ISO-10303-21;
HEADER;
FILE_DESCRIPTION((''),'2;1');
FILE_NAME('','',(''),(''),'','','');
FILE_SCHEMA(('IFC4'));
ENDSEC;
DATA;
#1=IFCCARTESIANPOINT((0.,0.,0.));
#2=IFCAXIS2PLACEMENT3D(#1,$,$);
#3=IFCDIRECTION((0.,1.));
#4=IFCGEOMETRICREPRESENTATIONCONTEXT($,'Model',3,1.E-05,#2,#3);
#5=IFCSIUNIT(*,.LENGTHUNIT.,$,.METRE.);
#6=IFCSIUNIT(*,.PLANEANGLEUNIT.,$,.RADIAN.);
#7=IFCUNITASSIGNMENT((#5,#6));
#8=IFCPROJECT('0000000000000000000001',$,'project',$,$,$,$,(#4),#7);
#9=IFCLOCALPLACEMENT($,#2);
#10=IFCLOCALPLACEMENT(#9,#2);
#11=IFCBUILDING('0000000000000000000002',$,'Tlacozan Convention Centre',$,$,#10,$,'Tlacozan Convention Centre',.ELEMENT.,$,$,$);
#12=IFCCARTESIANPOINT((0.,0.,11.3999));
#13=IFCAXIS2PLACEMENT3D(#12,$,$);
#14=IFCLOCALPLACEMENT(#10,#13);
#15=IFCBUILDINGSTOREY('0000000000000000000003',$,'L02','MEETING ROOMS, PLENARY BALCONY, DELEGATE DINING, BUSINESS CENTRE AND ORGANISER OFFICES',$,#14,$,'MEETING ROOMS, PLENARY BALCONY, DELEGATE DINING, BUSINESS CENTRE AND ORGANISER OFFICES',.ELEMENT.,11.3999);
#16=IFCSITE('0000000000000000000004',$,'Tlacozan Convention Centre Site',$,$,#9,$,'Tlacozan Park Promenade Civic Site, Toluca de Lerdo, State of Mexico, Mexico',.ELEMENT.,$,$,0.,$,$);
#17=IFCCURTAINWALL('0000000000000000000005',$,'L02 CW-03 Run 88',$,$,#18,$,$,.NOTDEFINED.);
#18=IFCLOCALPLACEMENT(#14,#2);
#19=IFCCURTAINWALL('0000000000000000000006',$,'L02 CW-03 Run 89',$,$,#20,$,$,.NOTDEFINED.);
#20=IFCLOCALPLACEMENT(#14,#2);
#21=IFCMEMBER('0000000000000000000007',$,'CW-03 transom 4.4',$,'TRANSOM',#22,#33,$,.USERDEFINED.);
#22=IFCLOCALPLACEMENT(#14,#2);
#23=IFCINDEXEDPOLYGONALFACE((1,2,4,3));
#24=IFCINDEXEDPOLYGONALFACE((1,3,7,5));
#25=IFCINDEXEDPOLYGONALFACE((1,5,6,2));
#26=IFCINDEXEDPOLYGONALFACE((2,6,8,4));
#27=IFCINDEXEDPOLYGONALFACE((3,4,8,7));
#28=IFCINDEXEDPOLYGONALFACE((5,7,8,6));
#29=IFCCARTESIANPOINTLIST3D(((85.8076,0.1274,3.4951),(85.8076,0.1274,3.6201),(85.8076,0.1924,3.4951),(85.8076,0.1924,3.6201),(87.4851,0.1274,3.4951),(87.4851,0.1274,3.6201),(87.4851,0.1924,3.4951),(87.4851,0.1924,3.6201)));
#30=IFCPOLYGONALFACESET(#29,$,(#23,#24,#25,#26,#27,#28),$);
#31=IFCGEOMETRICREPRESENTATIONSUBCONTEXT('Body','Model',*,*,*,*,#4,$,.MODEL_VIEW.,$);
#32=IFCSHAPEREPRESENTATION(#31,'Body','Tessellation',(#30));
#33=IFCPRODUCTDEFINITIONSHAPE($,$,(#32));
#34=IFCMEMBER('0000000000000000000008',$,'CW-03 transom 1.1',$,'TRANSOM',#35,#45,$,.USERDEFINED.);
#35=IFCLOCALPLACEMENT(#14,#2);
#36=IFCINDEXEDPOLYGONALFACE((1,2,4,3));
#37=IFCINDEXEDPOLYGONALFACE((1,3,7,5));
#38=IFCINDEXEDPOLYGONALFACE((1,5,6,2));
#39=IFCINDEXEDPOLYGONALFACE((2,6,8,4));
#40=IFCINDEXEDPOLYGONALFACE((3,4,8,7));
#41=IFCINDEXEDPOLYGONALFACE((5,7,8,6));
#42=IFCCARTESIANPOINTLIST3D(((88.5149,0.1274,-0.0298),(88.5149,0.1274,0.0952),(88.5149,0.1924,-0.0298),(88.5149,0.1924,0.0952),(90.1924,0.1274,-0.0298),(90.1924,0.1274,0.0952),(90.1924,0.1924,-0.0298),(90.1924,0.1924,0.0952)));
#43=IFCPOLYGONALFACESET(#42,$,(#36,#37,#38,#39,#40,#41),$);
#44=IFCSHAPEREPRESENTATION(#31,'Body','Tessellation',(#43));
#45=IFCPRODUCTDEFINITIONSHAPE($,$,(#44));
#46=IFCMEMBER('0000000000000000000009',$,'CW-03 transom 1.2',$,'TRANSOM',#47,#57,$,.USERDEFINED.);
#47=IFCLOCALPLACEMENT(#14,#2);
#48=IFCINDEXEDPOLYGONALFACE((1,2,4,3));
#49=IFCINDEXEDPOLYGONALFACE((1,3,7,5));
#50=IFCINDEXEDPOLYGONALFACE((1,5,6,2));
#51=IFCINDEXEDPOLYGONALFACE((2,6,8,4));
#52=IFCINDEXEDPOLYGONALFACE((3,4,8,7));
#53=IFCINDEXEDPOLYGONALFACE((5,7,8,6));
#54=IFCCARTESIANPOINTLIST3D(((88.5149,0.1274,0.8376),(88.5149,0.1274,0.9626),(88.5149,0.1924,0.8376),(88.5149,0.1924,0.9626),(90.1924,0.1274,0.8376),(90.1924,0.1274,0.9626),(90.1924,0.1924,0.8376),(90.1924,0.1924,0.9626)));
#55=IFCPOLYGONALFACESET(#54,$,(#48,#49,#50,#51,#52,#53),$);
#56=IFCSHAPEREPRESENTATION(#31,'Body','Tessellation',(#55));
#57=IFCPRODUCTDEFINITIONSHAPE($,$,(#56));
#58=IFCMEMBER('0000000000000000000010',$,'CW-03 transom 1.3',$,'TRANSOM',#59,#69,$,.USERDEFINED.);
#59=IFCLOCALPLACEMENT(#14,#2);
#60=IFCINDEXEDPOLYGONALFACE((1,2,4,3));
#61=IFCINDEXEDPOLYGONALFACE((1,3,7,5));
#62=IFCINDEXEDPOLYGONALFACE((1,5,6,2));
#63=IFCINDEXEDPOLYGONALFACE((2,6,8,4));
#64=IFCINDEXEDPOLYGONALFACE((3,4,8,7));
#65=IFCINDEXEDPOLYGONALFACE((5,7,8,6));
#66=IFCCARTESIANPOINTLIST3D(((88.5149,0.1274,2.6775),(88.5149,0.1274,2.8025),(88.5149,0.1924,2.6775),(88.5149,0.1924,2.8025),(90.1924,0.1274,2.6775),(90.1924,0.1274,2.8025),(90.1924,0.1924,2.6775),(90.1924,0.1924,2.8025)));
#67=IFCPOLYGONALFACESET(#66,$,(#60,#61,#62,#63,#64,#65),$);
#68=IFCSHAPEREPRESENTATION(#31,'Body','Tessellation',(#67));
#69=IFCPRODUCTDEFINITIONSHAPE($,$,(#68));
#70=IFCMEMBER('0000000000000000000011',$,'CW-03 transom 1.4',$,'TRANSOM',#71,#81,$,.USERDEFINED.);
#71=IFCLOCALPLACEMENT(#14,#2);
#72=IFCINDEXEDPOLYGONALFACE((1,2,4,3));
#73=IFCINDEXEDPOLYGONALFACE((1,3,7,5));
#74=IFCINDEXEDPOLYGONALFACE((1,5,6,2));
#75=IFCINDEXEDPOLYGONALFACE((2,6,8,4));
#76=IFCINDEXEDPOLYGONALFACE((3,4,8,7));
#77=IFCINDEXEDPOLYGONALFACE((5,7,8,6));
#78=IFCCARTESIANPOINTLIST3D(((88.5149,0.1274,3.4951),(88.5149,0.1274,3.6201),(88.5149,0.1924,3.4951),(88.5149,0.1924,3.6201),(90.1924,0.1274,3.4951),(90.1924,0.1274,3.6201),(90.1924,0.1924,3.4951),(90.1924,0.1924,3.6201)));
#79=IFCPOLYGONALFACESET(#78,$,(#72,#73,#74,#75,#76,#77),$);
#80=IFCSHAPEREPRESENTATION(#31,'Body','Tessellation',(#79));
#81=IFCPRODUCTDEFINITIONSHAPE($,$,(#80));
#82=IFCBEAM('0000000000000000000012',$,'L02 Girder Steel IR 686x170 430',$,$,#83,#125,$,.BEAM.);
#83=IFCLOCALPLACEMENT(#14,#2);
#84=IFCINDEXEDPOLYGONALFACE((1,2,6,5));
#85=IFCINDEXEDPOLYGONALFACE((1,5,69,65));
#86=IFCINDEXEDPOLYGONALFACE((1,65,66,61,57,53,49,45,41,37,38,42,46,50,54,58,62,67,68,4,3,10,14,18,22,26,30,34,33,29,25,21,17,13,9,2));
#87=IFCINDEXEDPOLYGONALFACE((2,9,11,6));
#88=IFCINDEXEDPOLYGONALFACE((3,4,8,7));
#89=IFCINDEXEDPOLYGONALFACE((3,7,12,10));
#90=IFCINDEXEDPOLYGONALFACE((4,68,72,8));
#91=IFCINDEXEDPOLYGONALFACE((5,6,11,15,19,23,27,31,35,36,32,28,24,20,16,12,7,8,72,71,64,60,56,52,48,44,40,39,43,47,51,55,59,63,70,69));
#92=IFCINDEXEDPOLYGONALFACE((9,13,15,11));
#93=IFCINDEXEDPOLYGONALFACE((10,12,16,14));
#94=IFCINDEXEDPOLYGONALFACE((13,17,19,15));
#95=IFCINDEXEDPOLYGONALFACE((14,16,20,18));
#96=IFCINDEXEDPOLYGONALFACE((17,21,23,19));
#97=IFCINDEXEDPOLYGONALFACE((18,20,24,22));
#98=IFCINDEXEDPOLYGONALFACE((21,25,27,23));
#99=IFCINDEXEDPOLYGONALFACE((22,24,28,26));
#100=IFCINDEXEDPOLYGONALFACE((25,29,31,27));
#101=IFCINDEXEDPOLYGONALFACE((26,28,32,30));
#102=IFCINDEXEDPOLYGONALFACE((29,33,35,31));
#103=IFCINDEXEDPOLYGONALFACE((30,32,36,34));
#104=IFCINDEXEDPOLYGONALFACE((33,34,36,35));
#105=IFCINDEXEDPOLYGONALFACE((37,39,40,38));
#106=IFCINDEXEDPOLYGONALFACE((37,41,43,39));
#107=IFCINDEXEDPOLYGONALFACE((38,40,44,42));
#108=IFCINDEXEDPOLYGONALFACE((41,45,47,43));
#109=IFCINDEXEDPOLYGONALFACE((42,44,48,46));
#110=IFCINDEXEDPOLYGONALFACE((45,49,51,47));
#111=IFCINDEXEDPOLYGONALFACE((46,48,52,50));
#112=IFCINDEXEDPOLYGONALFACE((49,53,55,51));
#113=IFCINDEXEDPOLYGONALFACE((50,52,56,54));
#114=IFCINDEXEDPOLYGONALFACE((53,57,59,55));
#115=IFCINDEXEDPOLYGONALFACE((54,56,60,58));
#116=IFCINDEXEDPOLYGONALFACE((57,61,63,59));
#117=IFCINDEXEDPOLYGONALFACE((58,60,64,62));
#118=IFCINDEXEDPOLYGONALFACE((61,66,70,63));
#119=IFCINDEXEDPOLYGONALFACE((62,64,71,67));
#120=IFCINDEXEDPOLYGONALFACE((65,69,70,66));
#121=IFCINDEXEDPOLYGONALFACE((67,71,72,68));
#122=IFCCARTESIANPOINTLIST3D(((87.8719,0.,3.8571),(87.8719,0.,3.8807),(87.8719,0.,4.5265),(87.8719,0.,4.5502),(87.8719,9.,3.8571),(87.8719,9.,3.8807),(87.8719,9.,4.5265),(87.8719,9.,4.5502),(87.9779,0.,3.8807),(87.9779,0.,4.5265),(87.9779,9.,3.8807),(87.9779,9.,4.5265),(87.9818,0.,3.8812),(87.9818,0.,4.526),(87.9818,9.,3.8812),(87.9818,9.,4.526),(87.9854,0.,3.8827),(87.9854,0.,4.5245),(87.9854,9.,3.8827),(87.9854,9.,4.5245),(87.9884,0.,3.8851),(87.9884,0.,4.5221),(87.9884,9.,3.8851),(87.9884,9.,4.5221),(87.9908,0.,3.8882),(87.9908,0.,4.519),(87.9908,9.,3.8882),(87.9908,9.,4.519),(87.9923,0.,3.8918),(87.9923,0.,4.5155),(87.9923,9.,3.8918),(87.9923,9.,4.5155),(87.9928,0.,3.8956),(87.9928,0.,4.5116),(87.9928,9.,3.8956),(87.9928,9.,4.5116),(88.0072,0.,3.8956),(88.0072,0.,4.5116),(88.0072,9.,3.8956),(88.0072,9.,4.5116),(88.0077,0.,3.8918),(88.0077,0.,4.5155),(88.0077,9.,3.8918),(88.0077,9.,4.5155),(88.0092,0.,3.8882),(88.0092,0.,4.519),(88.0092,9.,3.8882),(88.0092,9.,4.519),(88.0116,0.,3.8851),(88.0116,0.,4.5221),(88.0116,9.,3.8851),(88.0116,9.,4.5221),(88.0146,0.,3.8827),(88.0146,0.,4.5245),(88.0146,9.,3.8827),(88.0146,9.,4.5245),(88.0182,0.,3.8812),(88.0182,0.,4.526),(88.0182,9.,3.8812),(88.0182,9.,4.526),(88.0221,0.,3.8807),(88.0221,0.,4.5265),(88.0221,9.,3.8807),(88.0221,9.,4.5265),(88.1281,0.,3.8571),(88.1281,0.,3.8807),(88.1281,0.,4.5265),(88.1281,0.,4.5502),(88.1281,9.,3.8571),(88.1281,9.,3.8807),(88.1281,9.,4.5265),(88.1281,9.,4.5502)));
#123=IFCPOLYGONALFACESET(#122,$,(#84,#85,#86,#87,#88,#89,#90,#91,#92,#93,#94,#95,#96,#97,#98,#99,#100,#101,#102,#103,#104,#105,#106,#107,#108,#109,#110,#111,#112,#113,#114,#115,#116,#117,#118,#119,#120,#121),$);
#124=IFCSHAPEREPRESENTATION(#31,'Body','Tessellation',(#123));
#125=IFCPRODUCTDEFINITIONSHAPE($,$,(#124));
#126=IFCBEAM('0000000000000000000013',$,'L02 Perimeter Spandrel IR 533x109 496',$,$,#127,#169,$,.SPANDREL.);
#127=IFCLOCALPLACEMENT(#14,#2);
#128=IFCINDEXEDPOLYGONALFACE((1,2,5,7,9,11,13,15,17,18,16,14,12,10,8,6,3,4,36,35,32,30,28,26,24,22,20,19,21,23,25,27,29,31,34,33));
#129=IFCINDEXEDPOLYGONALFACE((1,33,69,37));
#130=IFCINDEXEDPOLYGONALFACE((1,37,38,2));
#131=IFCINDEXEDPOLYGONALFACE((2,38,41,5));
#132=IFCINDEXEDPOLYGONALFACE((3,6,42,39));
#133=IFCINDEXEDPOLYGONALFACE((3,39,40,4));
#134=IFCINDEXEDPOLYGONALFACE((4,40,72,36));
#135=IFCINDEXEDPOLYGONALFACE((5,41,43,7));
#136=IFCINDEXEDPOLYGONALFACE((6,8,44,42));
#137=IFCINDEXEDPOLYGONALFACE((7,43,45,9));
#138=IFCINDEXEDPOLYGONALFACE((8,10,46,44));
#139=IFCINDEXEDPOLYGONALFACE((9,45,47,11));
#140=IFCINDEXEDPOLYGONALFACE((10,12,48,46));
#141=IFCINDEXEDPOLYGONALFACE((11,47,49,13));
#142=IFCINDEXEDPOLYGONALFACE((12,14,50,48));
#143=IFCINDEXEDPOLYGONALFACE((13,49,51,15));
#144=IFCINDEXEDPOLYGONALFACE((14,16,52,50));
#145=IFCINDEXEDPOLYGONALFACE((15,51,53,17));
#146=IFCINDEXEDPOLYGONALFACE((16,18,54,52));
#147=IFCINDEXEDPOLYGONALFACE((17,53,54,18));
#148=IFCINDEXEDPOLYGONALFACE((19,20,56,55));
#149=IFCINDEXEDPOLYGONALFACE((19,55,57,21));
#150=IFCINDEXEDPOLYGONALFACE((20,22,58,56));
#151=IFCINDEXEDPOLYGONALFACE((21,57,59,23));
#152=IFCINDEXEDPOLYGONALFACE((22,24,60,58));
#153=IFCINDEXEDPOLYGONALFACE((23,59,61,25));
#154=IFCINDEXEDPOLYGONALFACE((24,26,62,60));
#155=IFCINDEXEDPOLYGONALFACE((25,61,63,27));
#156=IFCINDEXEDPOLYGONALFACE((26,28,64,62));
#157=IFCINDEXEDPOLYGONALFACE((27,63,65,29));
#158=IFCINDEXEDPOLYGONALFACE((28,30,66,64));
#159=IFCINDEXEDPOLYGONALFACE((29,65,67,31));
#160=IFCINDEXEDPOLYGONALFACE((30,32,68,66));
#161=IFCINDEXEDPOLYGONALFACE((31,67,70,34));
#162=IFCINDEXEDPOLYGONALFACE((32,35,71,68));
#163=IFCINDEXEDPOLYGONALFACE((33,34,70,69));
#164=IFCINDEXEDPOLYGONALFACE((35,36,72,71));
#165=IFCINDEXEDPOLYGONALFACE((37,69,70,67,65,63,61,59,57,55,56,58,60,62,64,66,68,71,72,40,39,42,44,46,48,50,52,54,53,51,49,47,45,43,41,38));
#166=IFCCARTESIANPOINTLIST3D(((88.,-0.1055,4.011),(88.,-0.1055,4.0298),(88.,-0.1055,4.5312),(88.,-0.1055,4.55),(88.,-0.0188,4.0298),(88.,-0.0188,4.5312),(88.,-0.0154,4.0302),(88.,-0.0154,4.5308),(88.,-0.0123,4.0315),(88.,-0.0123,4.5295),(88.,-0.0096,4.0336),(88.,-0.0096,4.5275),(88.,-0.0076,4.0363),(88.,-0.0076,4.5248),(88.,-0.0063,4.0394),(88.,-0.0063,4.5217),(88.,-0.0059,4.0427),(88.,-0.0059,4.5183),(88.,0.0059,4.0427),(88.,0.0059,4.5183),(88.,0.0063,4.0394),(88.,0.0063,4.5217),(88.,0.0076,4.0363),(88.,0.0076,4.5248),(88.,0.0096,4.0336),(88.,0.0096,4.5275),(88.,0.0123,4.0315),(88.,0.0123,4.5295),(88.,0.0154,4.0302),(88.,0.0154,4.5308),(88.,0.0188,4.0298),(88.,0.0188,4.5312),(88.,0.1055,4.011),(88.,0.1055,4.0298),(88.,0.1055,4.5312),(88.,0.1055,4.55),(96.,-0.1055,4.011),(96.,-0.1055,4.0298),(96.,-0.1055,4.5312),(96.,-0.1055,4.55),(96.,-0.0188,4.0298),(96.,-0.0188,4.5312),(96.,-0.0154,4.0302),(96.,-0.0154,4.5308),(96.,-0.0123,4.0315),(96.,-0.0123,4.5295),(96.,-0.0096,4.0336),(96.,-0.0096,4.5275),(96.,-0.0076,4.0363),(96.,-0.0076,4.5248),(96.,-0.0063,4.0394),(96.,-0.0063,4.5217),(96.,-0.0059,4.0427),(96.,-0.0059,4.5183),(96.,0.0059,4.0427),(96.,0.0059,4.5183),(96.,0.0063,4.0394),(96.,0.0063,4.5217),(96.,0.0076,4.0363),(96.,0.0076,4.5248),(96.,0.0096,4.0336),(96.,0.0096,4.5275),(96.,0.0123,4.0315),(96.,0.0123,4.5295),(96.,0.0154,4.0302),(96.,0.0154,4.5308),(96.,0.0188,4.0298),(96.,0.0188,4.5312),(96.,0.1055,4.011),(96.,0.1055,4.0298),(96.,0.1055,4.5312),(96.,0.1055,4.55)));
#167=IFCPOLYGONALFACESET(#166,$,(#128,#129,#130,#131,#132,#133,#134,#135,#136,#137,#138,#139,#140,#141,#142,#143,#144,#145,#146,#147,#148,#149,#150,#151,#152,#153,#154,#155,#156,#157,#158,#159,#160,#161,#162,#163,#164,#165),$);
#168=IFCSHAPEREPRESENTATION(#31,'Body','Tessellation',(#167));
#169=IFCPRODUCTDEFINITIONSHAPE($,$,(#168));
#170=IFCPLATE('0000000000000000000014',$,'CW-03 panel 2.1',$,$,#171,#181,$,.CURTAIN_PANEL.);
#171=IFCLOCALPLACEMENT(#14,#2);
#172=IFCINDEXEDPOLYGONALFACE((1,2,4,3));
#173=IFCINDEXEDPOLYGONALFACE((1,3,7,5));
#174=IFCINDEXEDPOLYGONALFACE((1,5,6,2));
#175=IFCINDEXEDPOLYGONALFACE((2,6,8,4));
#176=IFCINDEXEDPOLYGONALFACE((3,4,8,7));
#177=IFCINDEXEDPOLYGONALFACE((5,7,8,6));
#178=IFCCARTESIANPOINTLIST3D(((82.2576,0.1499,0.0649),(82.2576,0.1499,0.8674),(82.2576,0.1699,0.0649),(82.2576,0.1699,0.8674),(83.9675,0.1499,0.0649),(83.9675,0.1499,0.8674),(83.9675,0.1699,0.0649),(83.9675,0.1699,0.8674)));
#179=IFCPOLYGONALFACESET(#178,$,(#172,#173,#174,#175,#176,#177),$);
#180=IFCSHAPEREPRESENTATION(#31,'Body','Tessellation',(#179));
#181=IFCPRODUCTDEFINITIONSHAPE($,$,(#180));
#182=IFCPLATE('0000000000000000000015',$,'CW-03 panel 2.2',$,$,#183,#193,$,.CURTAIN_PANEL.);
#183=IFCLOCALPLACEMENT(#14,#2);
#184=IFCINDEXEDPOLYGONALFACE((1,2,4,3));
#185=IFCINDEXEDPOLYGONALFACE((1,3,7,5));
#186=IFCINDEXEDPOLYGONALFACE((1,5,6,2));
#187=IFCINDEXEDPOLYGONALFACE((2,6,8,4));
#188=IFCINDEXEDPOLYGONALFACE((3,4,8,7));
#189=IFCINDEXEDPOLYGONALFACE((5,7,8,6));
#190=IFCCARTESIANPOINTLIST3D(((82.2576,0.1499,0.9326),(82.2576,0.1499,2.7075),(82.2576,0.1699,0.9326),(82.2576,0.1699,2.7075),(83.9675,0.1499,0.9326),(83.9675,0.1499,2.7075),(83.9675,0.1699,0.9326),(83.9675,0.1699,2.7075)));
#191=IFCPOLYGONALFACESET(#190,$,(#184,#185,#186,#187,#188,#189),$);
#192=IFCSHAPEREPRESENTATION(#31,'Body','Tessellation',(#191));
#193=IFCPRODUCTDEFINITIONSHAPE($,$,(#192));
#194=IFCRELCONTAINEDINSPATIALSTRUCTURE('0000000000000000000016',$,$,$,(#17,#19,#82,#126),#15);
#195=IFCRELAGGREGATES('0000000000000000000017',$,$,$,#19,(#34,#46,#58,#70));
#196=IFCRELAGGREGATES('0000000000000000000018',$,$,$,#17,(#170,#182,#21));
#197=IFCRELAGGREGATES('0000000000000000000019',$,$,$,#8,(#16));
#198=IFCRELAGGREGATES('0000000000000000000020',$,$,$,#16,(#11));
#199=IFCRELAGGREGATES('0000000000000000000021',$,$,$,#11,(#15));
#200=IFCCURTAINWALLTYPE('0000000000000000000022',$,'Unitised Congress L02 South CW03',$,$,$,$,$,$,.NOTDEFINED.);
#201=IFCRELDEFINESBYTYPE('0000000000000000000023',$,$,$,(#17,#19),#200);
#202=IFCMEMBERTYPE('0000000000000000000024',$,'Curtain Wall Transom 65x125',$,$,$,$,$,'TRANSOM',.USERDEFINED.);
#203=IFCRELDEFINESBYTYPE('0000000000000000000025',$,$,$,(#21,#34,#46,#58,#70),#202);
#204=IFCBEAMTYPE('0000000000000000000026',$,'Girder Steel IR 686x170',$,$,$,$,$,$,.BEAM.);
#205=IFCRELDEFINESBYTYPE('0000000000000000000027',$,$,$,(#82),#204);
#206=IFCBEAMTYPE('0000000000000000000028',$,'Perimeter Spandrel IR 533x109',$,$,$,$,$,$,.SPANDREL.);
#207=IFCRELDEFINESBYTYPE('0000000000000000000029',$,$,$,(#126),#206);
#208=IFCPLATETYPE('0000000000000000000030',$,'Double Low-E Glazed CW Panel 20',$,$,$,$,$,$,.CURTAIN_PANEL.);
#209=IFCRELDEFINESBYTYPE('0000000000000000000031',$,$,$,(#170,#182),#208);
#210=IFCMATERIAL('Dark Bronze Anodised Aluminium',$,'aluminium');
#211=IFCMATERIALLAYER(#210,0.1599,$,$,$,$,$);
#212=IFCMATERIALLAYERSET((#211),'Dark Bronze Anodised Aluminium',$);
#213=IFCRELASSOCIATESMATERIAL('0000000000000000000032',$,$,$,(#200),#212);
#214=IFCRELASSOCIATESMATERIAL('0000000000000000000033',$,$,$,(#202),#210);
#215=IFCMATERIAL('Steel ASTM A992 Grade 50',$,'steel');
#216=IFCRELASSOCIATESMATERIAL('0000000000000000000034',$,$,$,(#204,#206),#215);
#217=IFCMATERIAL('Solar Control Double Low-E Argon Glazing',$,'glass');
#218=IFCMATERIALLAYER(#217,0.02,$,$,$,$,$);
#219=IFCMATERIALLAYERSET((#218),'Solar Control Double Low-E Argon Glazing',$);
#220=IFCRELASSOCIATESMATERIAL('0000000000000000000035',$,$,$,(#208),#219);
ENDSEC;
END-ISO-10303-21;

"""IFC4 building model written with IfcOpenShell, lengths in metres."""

from ifc_helpers import new_model, si_unit, direction, frame, origin, origin_2d, place, context, subcontext, project, spatial, rectangle, i_section, extrude, material, layer, layer_set, material_profile, profile_set, type_object, element, aggregate, save


model = new_model("IFC4")

# Units and contexts
model_context = context("Model", 3, precision=1e-05, world=origin(), true_north=direction((0.0, 1.0)))
body_context = subcontext(model_context, "Body", "Model", "MODEL_VIEW")
ifc_project = project(units=[si_unit("LENGTHUNIT", "METRE"), si_unit("PLANEANGLEUNIT", "RADIAN")], contexts=[model_context])

# Site, building, storey
site_placement = place(None, origin())
site = spatial("IfcSite", under=ifc_project, at=site_placement, Name="Tlacozan Convention Centre Site", LongName="Tlacozan Park Promenade Civic Site, Toluca de Lerdo, State of Mexico, Mexico", CompositionType="ELEMENT", RefElevation=0.0)
building_placement = place(site_placement, origin())
building = spatial("IfcBuilding", under=site, at=building_placement, Name="Tlacozan Convention Centre", LongName="Tlacozan Convention Centre", CompositionType="ELEMENT")
storey_placement = place(building_placement, frame((0.0, 0.0, 11.3999)))
storey = spatial("IfcBuildingStorey", under=building, at=storey_placement, Name="L02", Description="MEETING ROOMS, PLENARY BALCONY, DELEGATE DINING, BUSINESS CENTRE AND ORGANISER OFFICES", LongName="MEETING ROOMS, PLENARY BALCONY, DELEGATE DINING, BUSINESS CENTRE AND ORGANISER OFFICES", CompositionType="ELEMENT", Elevation=11.3999)

# Curtain wall
ifc_material_1 = material(Name="Dark Bronze Anodised Aluminium", Category="aluminium")
ifc_layer_1 = layer(ifc_material_1, 0.1599)
ifc_layer_set_1 = layer_set([ifc_layer_1], Name="Dark Bronze Anodised Aluminium")
curtain_wall_type = type_object("IfcCurtainWallType", Name="Unitised Congress L02 South CW03", PredefinedType="NOTDEFINED", material=ifc_layer_set_1)
curtain_wall_1_placement = place(storey_placement, origin())
curtain_wall_1 = element("IfcCurtainWall", 1, at=curtain_wall_1_placement, inside=storey, type_object=curtain_wall_type, Name="L02 CW-03 Run 88", PredefinedType="NOTDEFINED")

# Curtain wall
curtain_wall_2_placement = place(storey_placement, origin())
curtain_wall_2 = element("IfcCurtainWall", 2, at=curtain_wall_2_placement, inside=storey, type_object=curtain_wall_type, Name="L02 CW-03 Run 89", PredefinedType="NOTDEFINED")

# Members
ifc_material_profile_1 = material_profile(ifc_material_1, rectangle(XDim=0.0649, YDim=0.125, at=origin_2d()), Name="ALU 65x125")
ifc_profile_set_1 = profile_set([ifc_material_profile_1], Name="Dark Bronze Anodised Aluminium")
member_type_1 = type_object("IfcMemberType", Name="Curtain Wall Transom 65x125", ElementType="TRANSOM", PredefinedType="USERDEFINED", material=ifc_profile_set_1)
member_1_placement = place(storey_placement, frame((85.8076, 0.1599, 3.5576), z_axis=(1.0, 0.0, 0.0), x_axis=(0.0, 1.0, 0.0)))
member_1 = element("IfcMember", 3, at=member_1_placement, type_object=member_type_1, Name="CW-03 transom 4.4", ObjectType="TRANSOM", PredefinedType="USERDEFINED", context=body_context, shape_type="SweptSolid", body=[
    extrude(rectangle(XDim=0.0649, YDim=0.125, at=origin_2d()), origin(), (0.0, 0.0, 1.0), 1.6775),
])
member_2_placement = place(storey_placement, frame((88.5149, 0.1599, 0.0327), z_axis=(1.0, 0.0, 0.0), x_axis=(0.0, 1.0, 0.0)))
member_2 = element("IfcMember", 4, at=member_2_placement, type_object=member_type_1, Name="CW-03 transom 1.1", ObjectType="TRANSOM", PredefinedType="USERDEFINED", context=body_context, shape_type="SweptSolid", body=[
    extrude(rectangle(XDim=0.0649, YDim=0.125, at=origin_2d()), origin(), (0.0, 0.0, 1.0), 1.6775),
])
member_3_placement = place(storey_placement, frame((88.5149, 0.1599, 0.9001), z_axis=(1.0, 0.0, 0.0), x_axis=(0.0, 1.0, 0.0)))
member_3 = element("IfcMember", 5, at=member_3_placement, type_object=member_type_1, Name="CW-03 transom 1.2", ObjectType="TRANSOM", PredefinedType="USERDEFINED", context=body_context, shape_type="SweptSolid", body=[
    extrude(rectangle(XDim=0.0649, YDim=0.125, at=origin_2d()), origin(), (0.0, 0.0, 1.0), 1.6775),
])
member_4_placement = place(storey_placement, frame((88.5149, 0.1599, 2.74), z_axis=(1.0, 0.0, 0.0), x_axis=(0.0, 1.0, 0.0)))
member_4 = element("IfcMember", 6, at=member_4_placement, type_object=member_type_1, Name="CW-03 transom 1.3", ObjectType="TRANSOM", PredefinedType="USERDEFINED", context=body_context, shape_type="SweptSolid", body=[
    extrude(rectangle(XDim=0.0649, YDim=0.125, at=origin_2d()), origin(), (0.0, 0.0, 1.0), 1.6775),
])
member_5_placement = place(storey_placement, frame((88.5149, 0.1599, 3.5576), z_axis=(1.0, 0.0, 0.0), x_axis=(0.0, 1.0, 0.0)))
member_5 = element("IfcMember", 7, at=member_5_placement, type_object=member_type_1, Name="CW-03 transom 1.4", ObjectType="TRANSOM", PredefinedType="USERDEFINED", context=body_context, shape_type="SweptSolid", body=[
    extrude(rectangle(XDim=0.0649, YDim=0.125, at=origin_2d()), origin(), (0.0, 0.0, 1.0), 1.6775),
])
aggregate(curtain_wall_2, [member_2, member_3, member_4, member_5])

# Beams
ifc_material_2 = material(Name="Steel ASTM A992 Grade 50", Category="steel")
ifc_material_profile_2 = material_profile(ifc_material_2, i_section(OverallWidth=0.2561, OverallDepth=0.6931, WebThickness=0.0144, FlangeThickness=0.0237, FilletRadius=0.0149, at=origin_2d()), Name="IR 686x170.0")
ifc_profile_set_2 = profile_set([ifc_material_profile_2], Name="Steel ASTM A992 Grade 50")
beam_type_1 = type_object("IfcBeamType", Name="Girder Steel IR 686x170", PredefinedType="BEAM", material=ifc_profile_set_2)
beam_1_placement = place(storey_placement, frame((88.0, 0.0, 4.2036), z_axis=(0.0, 1.0, 0.0), x_axis=(-1.0, 0.0, 0.0)))
element("IfcBeam", 8, at=beam_1_placement, inside=storey, type_object=beam_type_1, Name="L02 Girder Steel IR 686x170 430", PredefinedType="BEAM", context=body_context, shape_type="SweptSolid", body=[
    extrude(i_section(OverallWidth=0.2561, OverallDepth=0.6931, WebThickness=0.0144, FlangeThickness=0.0237, FilletRadius=0.0149, at=origin_2d()), origin(), (0.0, 0.0, 1.0), 9.0),
])
ifc_material_profile_3 = material_profile(ifc_material_2, i_section(OverallWidth=0.2109, OverallDepth=0.5391, WebThickness=0.0117, FlangeThickness=0.0188, FilletRadius=0.0129, at=origin_2d()), Name="IR 533x109.0")
ifc_profile_set_3 = profile_set([ifc_material_profile_3], Name="Steel ASTM A992 Grade 50")
beam_type_2 = type_object("IfcBeamType", Name="Perimeter Spandrel IR 533x109", PredefinedType="SPANDREL", material=ifc_profile_set_3)
beam_2_placement = place(storey_placement, frame((88.0, 0.0, 4.2805), z_axis=(1.0, 0.0, 0.0), x_axis=(0.0, 1.0, 0.0)))
element("IfcBeam", 9, at=beam_2_placement, inside=storey, type_object=beam_type_2, Name="L02 Perimeter Spandrel IR 533x109 496", PredefinedType="SPANDREL", context=body_context, shape_type="SweptSolid", body=[
    extrude(i_section(OverallWidth=0.2109, OverallDepth=0.5391, WebThickness=0.0117, FlangeThickness=0.0188, FilletRadius=0.0129, at=origin_2d()), origin(), (0.0, 0.0, 1.0), 8.0),
])

# Plates
ifc_material_3 = material(Name="Solar Control Double Low-E Argon Glazing", Category="glass")
ifc_layer_2 = layer(ifc_material_3, 0.02)
ifc_layer_set_2 = layer_set([ifc_layer_2], Name="Solar Control Double Low-E Argon Glazing")
plate_type = type_object("IfcPlateType", Name="Double Low-E Glazed CW Panel 20", PredefinedType="CURTAIN_PANEL", material=ifc_layer_set_2)
plate_1_placement = place(storey_placement, frame((83.1125, 0.1599, 0.0649), z_axis=(0.0, 0.0, 1.0), x_axis=(1.0, 0.0, 0.0)))
plate_1 = element("IfcPlate", 10, at=plate_1_placement, type_object=plate_type, Name="CW-03 panel 2.1", PredefinedType="CURTAIN_PANEL", context=body_context, shape_type="SweptSolid", body=[
    extrude(rectangle(XDim=1.71, YDim=0.02, at=origin_2d()), origin(), (0.0, 0.0, 1.0), 0.8025),
])
plate_2_placement = place(storey_placement, frame((83.1125, 0.1599, 0.9326), z_axis=(0.0, 0.0, 1.0), x_axis=(1.0, 0.0, 0.0)))
plate_2 = element("IfcPlate", 11, at=plate_2_placement, type_object=plate_type, Name="CW-03 panel 2.2", PredefinedType="CURTAIN_PANEL", context=body_context, shape_type="SweptSolid", body=[
    extrude(rectangle(XDim=1.71, YDim=0.02, at=origin_2d()), origin(), (0.0, 0.0, 1.0), 1.7749),
])
aggregate(curtain_wall_1, [plate_1, plate_2, member_1])

save(model, "model.ifc")
